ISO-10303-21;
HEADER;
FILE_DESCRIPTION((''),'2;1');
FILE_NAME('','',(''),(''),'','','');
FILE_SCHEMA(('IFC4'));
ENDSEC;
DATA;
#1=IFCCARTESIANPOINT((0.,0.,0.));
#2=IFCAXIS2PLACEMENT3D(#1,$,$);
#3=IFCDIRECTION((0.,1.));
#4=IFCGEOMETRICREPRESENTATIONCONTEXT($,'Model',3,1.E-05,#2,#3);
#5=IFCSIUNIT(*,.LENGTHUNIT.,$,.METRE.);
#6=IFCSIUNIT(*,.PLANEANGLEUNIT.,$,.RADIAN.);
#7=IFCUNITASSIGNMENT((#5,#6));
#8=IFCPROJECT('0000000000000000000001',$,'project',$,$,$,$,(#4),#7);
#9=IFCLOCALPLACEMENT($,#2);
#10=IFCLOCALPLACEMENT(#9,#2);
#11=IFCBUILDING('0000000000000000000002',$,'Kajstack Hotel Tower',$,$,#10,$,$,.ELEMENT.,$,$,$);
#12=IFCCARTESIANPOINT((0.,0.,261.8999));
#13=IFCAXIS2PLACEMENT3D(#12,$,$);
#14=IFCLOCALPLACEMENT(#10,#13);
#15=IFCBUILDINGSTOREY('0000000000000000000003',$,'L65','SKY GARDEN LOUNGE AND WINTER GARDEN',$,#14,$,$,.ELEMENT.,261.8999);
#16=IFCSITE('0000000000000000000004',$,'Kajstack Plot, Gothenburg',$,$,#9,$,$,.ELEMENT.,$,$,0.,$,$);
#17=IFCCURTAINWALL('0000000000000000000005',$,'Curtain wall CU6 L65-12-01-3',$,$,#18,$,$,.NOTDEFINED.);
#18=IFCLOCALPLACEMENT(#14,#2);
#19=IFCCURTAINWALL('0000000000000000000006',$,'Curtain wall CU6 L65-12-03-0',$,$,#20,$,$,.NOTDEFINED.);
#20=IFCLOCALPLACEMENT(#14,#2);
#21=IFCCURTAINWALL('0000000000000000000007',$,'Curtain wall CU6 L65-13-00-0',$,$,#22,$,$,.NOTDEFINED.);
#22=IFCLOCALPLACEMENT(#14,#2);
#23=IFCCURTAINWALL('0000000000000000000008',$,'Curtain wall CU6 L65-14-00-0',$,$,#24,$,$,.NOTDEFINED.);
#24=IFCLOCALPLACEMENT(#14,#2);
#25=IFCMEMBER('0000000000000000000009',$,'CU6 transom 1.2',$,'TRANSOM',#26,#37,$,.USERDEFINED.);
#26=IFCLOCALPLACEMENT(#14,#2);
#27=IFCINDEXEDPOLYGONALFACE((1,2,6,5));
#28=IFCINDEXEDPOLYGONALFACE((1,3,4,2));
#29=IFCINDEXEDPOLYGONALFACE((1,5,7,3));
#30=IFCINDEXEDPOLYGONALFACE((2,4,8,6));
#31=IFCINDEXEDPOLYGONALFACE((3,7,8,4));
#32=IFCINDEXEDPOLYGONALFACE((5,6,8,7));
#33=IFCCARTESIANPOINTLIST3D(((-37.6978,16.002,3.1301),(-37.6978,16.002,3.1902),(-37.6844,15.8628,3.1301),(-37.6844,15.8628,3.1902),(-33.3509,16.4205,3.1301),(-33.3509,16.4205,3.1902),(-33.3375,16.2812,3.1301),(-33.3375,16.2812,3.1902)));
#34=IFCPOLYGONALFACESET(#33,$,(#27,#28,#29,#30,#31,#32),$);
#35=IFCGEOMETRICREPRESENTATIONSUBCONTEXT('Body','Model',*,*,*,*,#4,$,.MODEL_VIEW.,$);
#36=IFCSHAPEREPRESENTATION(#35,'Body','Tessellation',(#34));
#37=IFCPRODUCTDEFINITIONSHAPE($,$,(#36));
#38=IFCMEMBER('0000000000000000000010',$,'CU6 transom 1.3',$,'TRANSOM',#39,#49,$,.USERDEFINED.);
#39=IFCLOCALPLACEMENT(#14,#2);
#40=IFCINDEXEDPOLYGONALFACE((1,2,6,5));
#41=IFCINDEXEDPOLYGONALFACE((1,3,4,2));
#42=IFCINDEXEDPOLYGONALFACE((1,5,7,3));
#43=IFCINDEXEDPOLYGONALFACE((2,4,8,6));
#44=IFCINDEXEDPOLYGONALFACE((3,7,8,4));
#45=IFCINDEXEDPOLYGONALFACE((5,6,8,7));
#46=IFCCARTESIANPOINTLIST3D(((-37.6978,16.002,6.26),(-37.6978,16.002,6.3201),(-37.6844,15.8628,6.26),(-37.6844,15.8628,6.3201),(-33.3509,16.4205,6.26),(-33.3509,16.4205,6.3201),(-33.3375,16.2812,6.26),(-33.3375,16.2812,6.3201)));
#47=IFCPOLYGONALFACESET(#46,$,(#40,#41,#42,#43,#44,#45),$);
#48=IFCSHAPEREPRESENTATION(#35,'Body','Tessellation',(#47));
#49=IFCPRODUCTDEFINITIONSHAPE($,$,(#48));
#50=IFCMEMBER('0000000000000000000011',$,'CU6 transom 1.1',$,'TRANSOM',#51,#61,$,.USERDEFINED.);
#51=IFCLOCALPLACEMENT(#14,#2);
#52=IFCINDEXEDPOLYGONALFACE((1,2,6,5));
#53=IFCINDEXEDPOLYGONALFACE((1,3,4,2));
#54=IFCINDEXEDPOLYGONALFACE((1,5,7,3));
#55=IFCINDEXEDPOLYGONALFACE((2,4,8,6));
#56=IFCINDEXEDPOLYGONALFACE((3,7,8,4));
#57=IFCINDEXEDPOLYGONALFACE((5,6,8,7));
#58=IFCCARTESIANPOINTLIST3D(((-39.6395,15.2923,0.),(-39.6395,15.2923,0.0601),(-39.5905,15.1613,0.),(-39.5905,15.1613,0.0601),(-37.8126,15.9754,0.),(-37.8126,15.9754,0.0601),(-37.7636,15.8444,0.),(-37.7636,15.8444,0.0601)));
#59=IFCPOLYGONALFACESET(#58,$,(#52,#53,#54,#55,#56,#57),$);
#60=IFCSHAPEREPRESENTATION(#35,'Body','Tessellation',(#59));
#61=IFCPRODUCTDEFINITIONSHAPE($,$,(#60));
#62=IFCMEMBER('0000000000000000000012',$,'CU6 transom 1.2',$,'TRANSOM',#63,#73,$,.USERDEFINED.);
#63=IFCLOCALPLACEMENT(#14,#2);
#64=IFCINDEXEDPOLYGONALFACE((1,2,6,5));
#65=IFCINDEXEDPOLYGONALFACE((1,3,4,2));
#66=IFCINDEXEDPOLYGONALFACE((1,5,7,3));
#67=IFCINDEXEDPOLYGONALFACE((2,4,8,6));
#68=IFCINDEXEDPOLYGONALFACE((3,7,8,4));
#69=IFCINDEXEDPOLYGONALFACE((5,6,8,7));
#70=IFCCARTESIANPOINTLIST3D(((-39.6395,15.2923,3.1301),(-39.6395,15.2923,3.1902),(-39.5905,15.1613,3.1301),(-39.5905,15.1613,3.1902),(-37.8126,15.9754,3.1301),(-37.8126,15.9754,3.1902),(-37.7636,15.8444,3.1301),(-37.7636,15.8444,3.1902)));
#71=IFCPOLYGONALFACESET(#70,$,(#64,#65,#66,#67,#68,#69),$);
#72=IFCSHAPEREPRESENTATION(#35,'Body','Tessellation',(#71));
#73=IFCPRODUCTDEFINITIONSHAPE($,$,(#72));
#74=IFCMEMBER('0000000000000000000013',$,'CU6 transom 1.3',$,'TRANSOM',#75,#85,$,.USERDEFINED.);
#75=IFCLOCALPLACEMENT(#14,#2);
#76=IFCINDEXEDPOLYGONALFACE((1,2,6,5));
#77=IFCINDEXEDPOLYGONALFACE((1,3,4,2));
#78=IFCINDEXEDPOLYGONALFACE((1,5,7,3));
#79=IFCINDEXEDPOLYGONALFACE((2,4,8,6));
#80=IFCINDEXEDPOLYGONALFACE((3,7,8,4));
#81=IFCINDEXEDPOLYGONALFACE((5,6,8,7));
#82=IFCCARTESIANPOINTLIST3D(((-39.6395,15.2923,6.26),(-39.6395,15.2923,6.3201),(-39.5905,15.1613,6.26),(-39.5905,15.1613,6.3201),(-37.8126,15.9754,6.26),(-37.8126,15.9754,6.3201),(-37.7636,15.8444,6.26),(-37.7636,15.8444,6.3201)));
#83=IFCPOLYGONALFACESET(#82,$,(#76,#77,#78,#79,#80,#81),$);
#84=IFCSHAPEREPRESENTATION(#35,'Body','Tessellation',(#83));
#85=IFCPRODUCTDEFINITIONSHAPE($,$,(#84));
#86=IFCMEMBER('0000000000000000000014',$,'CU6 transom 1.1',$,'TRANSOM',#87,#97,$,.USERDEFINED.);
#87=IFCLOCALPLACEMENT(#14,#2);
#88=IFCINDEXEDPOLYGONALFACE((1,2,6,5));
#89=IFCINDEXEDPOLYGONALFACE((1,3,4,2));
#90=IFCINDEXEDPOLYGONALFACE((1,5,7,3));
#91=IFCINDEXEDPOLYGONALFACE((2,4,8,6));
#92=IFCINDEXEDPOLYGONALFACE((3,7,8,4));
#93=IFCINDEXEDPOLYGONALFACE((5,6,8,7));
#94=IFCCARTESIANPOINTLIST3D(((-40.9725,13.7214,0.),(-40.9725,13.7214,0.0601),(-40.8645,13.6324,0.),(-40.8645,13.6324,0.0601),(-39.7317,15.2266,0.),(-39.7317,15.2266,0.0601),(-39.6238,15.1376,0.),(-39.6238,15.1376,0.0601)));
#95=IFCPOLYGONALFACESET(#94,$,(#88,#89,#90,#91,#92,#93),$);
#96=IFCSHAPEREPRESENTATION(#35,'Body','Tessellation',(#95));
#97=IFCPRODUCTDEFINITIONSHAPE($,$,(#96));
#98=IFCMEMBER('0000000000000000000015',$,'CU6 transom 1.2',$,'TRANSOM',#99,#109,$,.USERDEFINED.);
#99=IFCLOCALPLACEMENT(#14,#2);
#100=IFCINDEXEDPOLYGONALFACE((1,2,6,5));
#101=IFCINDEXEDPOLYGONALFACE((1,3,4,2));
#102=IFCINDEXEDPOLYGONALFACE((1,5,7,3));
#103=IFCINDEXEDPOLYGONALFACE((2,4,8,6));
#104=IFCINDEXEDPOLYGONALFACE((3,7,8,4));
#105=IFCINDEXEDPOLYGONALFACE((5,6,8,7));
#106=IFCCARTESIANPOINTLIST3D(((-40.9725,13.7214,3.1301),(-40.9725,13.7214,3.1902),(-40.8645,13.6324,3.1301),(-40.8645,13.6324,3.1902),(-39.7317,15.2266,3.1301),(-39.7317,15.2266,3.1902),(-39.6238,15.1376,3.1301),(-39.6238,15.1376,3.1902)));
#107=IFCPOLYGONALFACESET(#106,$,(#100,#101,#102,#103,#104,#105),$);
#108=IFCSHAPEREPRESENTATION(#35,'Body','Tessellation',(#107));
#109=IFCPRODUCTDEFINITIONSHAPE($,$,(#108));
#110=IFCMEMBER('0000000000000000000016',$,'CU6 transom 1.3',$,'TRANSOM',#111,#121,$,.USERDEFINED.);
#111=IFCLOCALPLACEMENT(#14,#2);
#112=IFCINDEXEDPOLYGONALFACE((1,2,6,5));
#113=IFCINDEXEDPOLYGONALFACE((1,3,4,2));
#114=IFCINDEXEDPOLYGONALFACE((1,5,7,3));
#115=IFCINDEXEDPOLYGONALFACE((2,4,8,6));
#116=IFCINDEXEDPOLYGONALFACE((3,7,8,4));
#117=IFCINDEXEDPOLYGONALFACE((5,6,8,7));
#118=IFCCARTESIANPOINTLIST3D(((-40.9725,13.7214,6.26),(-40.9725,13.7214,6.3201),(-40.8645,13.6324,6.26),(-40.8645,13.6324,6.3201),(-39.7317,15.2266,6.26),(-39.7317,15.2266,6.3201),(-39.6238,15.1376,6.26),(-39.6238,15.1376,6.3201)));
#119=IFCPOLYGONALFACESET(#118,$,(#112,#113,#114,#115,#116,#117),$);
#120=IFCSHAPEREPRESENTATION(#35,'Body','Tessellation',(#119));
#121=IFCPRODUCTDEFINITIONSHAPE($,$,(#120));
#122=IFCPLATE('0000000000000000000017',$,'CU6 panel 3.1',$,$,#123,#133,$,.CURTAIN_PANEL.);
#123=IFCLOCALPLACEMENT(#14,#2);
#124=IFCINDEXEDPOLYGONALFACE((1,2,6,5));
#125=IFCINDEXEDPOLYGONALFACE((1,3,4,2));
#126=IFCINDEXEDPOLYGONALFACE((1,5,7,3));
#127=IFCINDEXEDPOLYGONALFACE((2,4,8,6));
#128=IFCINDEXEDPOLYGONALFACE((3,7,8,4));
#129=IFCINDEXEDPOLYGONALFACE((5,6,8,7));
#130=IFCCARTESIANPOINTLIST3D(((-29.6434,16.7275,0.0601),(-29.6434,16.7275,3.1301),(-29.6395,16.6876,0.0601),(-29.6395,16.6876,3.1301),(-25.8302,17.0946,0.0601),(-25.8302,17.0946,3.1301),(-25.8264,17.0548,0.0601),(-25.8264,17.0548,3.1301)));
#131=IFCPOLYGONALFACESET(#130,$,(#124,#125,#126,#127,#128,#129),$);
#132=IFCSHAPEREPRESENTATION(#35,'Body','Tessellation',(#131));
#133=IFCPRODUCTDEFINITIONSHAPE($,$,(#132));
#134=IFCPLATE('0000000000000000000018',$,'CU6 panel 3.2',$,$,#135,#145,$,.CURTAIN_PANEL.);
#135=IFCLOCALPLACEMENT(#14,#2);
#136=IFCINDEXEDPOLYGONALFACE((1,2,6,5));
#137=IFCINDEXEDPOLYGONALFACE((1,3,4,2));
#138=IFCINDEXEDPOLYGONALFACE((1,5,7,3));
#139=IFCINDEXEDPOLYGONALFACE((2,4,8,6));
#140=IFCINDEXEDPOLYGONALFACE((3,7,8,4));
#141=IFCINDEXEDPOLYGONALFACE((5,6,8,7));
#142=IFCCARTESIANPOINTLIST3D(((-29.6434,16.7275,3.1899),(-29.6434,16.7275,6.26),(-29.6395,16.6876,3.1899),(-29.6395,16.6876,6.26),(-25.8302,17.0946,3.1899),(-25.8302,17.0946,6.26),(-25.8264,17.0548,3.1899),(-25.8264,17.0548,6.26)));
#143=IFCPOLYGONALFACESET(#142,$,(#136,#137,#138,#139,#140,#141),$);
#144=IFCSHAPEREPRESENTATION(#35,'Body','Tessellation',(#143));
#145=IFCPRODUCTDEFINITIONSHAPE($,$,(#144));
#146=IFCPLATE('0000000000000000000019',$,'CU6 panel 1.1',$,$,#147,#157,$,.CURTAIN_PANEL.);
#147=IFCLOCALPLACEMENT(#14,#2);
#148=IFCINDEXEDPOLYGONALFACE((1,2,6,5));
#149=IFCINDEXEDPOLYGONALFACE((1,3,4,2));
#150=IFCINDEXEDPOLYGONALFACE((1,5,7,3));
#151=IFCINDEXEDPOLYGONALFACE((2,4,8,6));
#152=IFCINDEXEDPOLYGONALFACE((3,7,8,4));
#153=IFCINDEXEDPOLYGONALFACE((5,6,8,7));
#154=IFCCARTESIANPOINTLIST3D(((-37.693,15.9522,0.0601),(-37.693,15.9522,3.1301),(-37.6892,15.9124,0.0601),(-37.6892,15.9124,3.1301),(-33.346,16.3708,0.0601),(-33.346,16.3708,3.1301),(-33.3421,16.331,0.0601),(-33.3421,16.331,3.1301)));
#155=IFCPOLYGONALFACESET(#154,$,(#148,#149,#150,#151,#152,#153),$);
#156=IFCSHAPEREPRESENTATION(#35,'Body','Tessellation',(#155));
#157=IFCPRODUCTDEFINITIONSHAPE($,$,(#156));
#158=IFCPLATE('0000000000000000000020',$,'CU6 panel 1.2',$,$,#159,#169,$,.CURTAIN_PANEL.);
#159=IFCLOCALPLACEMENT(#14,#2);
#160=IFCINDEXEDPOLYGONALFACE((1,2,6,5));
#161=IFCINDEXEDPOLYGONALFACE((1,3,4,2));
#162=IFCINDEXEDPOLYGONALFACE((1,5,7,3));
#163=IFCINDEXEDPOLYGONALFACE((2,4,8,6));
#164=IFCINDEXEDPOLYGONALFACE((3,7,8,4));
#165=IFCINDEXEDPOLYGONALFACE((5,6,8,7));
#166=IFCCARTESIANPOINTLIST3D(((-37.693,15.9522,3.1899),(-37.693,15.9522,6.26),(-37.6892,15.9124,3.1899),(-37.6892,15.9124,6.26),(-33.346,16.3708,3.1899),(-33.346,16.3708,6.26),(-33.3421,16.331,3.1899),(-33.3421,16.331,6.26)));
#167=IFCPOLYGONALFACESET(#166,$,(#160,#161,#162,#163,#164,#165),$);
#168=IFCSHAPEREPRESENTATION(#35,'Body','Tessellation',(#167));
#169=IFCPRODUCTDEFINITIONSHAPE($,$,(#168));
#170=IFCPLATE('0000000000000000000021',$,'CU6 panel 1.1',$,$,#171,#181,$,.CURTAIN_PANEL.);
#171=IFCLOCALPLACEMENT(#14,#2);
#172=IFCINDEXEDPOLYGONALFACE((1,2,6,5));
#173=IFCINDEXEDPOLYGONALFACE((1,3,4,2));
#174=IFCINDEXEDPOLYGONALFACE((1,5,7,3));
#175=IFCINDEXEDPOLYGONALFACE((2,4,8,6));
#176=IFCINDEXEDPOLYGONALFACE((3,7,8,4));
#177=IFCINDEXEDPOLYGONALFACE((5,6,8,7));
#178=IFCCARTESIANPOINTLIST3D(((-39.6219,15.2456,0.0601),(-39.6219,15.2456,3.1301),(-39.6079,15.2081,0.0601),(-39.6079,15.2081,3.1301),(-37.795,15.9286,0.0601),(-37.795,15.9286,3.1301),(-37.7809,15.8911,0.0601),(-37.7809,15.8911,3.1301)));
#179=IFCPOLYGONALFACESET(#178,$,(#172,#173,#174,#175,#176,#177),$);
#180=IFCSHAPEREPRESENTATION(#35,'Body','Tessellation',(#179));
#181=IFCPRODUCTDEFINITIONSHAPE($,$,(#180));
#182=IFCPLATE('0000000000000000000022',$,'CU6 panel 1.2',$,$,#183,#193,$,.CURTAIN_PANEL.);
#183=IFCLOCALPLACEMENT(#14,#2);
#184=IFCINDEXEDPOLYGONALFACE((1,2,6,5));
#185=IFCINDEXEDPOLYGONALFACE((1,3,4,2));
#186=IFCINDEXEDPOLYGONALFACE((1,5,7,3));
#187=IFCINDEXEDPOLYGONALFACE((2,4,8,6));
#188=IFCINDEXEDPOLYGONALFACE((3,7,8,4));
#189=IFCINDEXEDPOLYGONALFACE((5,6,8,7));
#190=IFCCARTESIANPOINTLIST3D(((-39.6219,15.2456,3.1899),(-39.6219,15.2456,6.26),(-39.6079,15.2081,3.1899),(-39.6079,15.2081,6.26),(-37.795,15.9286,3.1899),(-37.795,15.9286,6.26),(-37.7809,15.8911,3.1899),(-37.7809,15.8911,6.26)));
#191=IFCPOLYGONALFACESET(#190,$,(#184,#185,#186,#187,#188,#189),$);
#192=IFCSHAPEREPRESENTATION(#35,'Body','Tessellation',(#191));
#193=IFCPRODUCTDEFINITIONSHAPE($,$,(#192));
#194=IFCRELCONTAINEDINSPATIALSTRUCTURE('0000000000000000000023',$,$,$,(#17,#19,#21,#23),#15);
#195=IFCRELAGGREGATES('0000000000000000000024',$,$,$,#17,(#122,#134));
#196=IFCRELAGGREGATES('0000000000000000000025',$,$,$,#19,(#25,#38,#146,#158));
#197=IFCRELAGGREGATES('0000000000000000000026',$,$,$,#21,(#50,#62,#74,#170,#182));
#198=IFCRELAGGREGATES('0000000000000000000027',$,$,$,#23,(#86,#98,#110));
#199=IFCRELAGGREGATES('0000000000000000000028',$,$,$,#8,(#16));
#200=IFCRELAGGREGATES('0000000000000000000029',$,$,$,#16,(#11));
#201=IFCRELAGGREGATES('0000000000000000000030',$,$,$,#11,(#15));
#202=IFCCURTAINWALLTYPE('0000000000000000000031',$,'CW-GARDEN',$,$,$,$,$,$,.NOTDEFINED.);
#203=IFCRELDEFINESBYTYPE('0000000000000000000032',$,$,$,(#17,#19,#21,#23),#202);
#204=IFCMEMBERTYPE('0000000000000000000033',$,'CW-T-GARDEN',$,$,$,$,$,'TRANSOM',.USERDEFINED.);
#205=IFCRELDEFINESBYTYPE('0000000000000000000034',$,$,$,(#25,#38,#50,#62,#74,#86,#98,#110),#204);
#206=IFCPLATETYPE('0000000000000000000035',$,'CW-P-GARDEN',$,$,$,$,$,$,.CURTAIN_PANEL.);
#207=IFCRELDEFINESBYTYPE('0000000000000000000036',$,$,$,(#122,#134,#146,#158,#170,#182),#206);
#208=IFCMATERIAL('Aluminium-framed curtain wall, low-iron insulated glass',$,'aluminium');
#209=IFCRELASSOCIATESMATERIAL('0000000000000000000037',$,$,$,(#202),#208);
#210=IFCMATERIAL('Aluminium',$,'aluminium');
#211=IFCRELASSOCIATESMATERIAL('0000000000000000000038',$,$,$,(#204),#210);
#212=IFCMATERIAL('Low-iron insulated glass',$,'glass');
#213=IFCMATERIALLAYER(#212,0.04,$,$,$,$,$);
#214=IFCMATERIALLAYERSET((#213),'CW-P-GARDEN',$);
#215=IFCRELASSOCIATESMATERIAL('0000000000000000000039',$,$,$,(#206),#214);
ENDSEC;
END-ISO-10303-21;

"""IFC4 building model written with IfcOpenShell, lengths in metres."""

from ifc_helpers import new_model, si_unit, direction, frame, origin, origin_2d, place, context, subcontext, project, spatial, rectangle, extrude, material, layer, layer_set, material_profile, profile_set, type_object, element, aggregate, save


model = new_model("IFC4")

# Units and contexts
model_context = context("Model", 3, precision=1e-05, world=origin(), true_north=direction((0.0, 1.0)))
body_context = subcontext(model_context, "Body", "Model", "MODEL_VIEW")
ifc_project = project(units=[si_unit("LENGTHUNIT", "METRE"), si_unit("PLANEANGLEUNIT", "RADIAN")], contexts=[model_context])

# Site, building, storey
site_placement = place(None, origin())
site = spatial("IfcSite", under=ifc_project, at=site_placement, Name="Kajstack Plot, Gothenburg", CompositionType="ELEMENT", RefElevation=0.0)
building_placement = place(site_placement, origin())
building = spatial("IfcBuilding", under=site, at=building_placement, Name="Kajstack Hotel Tower", CompositionType="ELEMENT")
storey_placement = place(building_placement, frame((0.0, 0.0, 261.8999)))
storey = spatial("IfcBuildingStorey", under=building, at=storey_placement, Name="L65", Description="SKY GARDEN LOUNGE AND WINTER GARDEN", CompositionType="ELEMENT", Elevation=261.8999)

# Curtain walls
ifc_material_1 = material(Name="Aluminium-framed curtain wall, low-iron insulated glass", Category="aluminium")
curtain_wall_type = type_object("IfcCurtainWallType", Name="CW-GARDEN", PredefinedType="NOTDEFINED", material=ifc_material_1)
curtain_wall_1_placement = place(storey_placement, origin())
curtain_wall_1 = element("IfcCurtainWall", 1, at=curtain_wall_1_placement, inside=storey, type_object=curtain_wall_type, Name="Curtain wall CU6 L65-12-01-3", PredefinedType="NOTDEFINED")
ifc_material_2 = material(Name="Aluminium", Category="aluminium")
curtain_wall_2_placement = place(storey_placement, origin())
curtain_wall_2 = element("IfcCurtainWall", 2, at=curtain_wall_2_placement, inside=storey, type_object=curtain_wall_type, Name="Curtain wall CU6 L65-12-03-0", PredefinedType="NOTDEFINED")
curtain_wall_3_placement = place(storey_placement, origin())
curtain_wall_3 = element("IfcCurtainWall", 3, at=curtain_wall_3_placement, inside=storey, type_object=curtain_wall_type, Name="Curtain wall CU6 L65-13-00-0", PredefinedType="NOTDEFINED")
curtain_wall_4_placement = place(storey_placement, origin())
curtain_wall_4 = element("IfcCurtainWall", 4, at=curtain_wall_4_placement, inside=storey, type_object=curtain_wall_type, Name="Curtain wall CU6 L65-14-00-0", PredefinedType="NOTDEFINED")

# Members
ifc_material_profile_1 = material_profile(ifc_material_2, rectangle(XDim=0.1399, YDim=0.0601, at=origin_2d()), Name="Aluminium transom 140 x 60")
ifc_profile_set_1 = profile_set([ifc_material_profile_1], Name="Aluminium")
member_type_1 = type_object("IfcMemberType", Name="CW-T-GARDEN", ElementType="TRANSOM", PredefinedType="USERDEFINED", material=ifc_profile_set_1)
member_1_placement = place(storey_placement, frame((-33.3442, 16.3508, 3.1602), z_axis=(-0.995398, -0.095822, 0.0), x_axis=(0.095822, -0.995398, 0.0)))
member_1 = element("IfcMember", 5, at=member_1_placement, type_object=member_type_1, Name="CU6 transom 1.2", ObjectType="TRANSOM", PredefinedType="USERDEFINED", context=body_context, shape_type="SweptSolid", body=[
    extrude(rectangle(XDim=0.1399, YDim=0.0601, at=origin_2d()), origin(), (0.0, 0.0, 1.0), 4.3669),
])
member_2_placement = place(storey_placement, frame((-33.3442, 16.3508, 6.29), z_axis=(-0.995398, -0.095822, 0.0), x_axis=(0.095822, -0.995398, 0.0)))
member_2 = element("IfcMember", 6, at=member_2_placement, type_object=member_type_1, Name="CU6 transom 1.3", ObjectType="TRANSOM", PredefinedType="USERDEFINED", context=body_context, shape_type="SweptSolid", body=[
    extrude(rectangle(XDim=0.1399, YDim=0.0601, at=origin_2d()), origin(), (0.0, 0.0, 1.0), 4.3669),
])
member_3_placement = place(storey_placement, frame((-37.7881, 15.9099, 0.03), z_axis=(-0.936663, -0.350232, 0.0), x_axis=(0.350232, -0.936663, 0.0)))
member_3 = element("IfcMember", 7, at=member_3_placement, type_object=member_type_1, Name="CU6 transom 1.1", ObjectType="TRANSOM", PredefinedType="USERDEFINED", context=body_context, shape_type="SweptSolid", body=[
    extrude(rectangle(XDim=0.1399, YDim=0.0601, at=origin_2d()), origin(), (0.0, 0.0, 1.0), 1.9504),
])
member_4_placement = place(storey_placement, frame((-37.7881, 15.9099, 3.1602), z_axis=(-0.936663, -0.350232, 0.0), x_axis=(0.350232, -0.936663, 0.0)))
member_4 = element("IfcMember", 8, at=member_4_placement, type_object=member_type_1, Name="CU6 transom 1.2", ObjectType="TRANSOM", PredefinedType="USERDEFINED", context=body_context, shape_type="SweptSolid", body=[
    extrude(rectangle(XDim=0.1399, YDim=0.0601, at=origin_2d()), origin(), (0.0, 0.0, 1.0), 1.9504),
])
member_5_placement = place(storey_placement, frame((-37.7881, 15.9099, 6.29), z_axis=(-0.936663, -0.350232, 0.0), x_axis=(0.350232, -0.936663, 0.0)))
member_5 = element("IfcMember", 9, at=member_5_placement, type_object=member_type_1, Name="CU6 transom 1.3", ObjectType="TRANSOM", PredefinedType="USERDEFINED", context=body_context, shape_type="SweptSolid", body=[
    extrude(rectangle(XDim=0.1399, YDim=0.0601, at=origin_2d()), origin(), (0.0, 0.0, 1.0), 1.9504),
])
member_6_placement = place(storey_placement, frame((-39.6777, 15.1821, 0.03), z_axis=(-0.636076, -0.771627, 0.0), x_axis=(0.771627, -0.636076, 0.0)))
member_6 = element("IfcMember", 10, at=member_6_placement, type_object=member_type_1, Name="CU6 transom 1.1", ObjectType="TRANSOM", PredefinedType="USERDEFINED", context=body_context, shape_type="SweptSolid", body=[
    extrude(rectangle(XDim=0.1399, YDim=0.0601, at=origin_2d()), origin(), (0.0, 0.0, 1.0), 1.9507),
])
member_7_placement = place(storey_placement, frame((-39.6777, 15.1821, 3.1602), z_axis=(-0.636076, -0.771627, 0.0), x_axis=(0.771627, -0.636076, 0.0)))
member_7 = element("IfcMember", 11, at=member_7_placement, type_object=member_type_1, Name="CU6 transom 1.2", ObjectType="TRANSOM", PredefinedType="USERDEFINED", context=body_context, shape_type="SweptSolid", body=[
    extrude(rectangle(XDim=0.1399, YDim=0.0601, at=origin_2d()), origin(), (0.0, 0.0, 1.0), 1.9507),
])
member_8_placement = place(storey_placement, frame((-39.6777, 15.1821, 6.29), z_axis=(-0.636076, -0.771627, 0.0), x_axis=(0.771627, -0.636076, 0.0)))
member_8 = element("IfcMember", 12, at=member_8_placement, type_object=member_type_1, Name="CU6 transom 1.3", ObjectType="TRANSOM", PredefinedType="USERDEFINED", context=body_context, shape_type="SweptSolid", body=[
    extrude(rectangle(XDim=0.1399, YDim=0.0601, at=origin_2d()), origin(), (0.0, 0.0, 1.0), 1.9507),
])

# Plates
ifc_material_3 = material(Name="Low-iron insulated glass", Category="glass")
ifc_layer_1 = layer(ifc_material_3, 0.04)
ifc_layer_set_1 = layer_set([ifc_layer_1], Name="CW-P-GARDEN")
plate_type = type_object("IfcPlateType", Name="CW-P-GARDEN", PredefinedType="CURTAIN_PANEL", material=ifc_layer_set_1)
plate_1_placement = place(storey_placement, frame((-27.7349, 16.8911, 0.0601), z_axis=(0.0, 0.0, 1.0), x_axis=(-0.995396, -0.095846, 0.0)))
plate_1 = element("IfcPlate", 13, at=plate_1_placement, type_object=plate_type, Name="CU6 panel 3.1", PredefinedType="CURTAIN_PANEL", context=body_context, shape_type="SweptSolid", body=[
    extrude(rectangle(XDim=3.8308, YDim=0.04, at=origin_2d()), origin(), (0.0, 0.0, 1.0), 3.0701),
])
plate_2_placement = place(storey_placement, frame((-27.7349, 16.8911, 3.1899), z_axis=(0.0, 0.0, 1.0), x_axis=(-0.995396, -0.095846, 0.0)))
plate_2 = element("IfcPlate", 14, at=plate_2_placement, type_object=plate_type, Name="CU6 panel 3.2", PredefinedType="CURTAIN_PANEL", context=body_context, shape_type="SweptSolid", body=[
    extrude(rectangle(XDim=3.8308, YDim=0.04, at=origin_2d()), origin(), (0.0, 0.0, 1.0), 3.0701),
])
aggregate(curtain_wall_1, [plate_1, plate_2])
plate_3_placement = place(storey_placement, frame((-35.5176, 16.1416, 0.0601), z_axis=(0.0, 0.0, 1.0), x_axis=(-0.995396, -0.095846, 0.0)))
plate_3 = element("IfcPlate", 15, at=plate_3_placement, type_object=plate_type, Name="CU6 panel 1.1", PredefinedType="CURTAIN_PANEL", context=body_context, shape_type="SweptSolid", body=[
    extrude(rectangle(XDim=4.3672, YDim=0.04, at=origin_2d()), origin(), (0.0, 0.0, 1.0), 3.0701),
])
plate_4_placement = place(storey_placement, frame((-35.5176, 16.1416, 3.1899), z_axis=(0.0, 0.0, 1.0), x_axis=(-0.995396, -0.095846, 0.0)))
plate_4 = element("IfcPlate", 16, at=plate_4_placement, type_object=plate_type, Name="CU6 panel 1.2", PredefinedType="CURTAIN_PANEL", context=body_context, shape_type="SweptSolid", body=[
    extrude(rectangle(XDim=4.3672, YDim=0.04, at=origin_2d()), origin(), (0.0, 0.0, 1.0), 3.0701),
])
aggregate(curtain_wall_2, [member_1, member_2, plate_3, plate_4])
plate_5_placement = place(storey_placement, frame((-38.7014, 15.5684, 0.0601), z_axis=(0.0, 0.0, 1.0), x_axis=(-0.936674, -0.350202, 0.0)))
plate_5 = element("IfcPlate", 17, at=plate_5_placement, type_object=plate_type, Name="CU6 panel 1.1", PredefinedType="CURTAIN_PANEL", context=body_context, shape_type="SweptSolid", body=[
    extrude(rectangle(XDim=1.9504, YDim=0.04, at=origin_2d()), origin(), (0.0, 0.0, 1.0), 3.0701),
])
plate_6_placement = place(storey_placement, frame((-38.7014, 15.5684, 3.1899), z_axis=(0.0, 0.0, 1.0), x_axis=(-0.936674, -0.350202, 0.0)))
plate_6 = element("IfcPlate", 18, at=plate_6_placement, type_object=plate_type, Name="CU6 panel 1.2", PredefinedType="CURTAIN_PANEL", context=body_context, shape_type="SweptSolid", body=[
    extrude(rectangle(XDim=1.9504, YDim=0.04, at=origin_2d()), origin(), (0.0, 0.0, 1.0), 3.0701),
])
aggregate(curtain_wall_3, [member_3, member_4, member_5, plate_5, plate_6])
aggregate(curtain_wall_4, [member_6, member_7, member_8])

save(model, "model.ifc")
